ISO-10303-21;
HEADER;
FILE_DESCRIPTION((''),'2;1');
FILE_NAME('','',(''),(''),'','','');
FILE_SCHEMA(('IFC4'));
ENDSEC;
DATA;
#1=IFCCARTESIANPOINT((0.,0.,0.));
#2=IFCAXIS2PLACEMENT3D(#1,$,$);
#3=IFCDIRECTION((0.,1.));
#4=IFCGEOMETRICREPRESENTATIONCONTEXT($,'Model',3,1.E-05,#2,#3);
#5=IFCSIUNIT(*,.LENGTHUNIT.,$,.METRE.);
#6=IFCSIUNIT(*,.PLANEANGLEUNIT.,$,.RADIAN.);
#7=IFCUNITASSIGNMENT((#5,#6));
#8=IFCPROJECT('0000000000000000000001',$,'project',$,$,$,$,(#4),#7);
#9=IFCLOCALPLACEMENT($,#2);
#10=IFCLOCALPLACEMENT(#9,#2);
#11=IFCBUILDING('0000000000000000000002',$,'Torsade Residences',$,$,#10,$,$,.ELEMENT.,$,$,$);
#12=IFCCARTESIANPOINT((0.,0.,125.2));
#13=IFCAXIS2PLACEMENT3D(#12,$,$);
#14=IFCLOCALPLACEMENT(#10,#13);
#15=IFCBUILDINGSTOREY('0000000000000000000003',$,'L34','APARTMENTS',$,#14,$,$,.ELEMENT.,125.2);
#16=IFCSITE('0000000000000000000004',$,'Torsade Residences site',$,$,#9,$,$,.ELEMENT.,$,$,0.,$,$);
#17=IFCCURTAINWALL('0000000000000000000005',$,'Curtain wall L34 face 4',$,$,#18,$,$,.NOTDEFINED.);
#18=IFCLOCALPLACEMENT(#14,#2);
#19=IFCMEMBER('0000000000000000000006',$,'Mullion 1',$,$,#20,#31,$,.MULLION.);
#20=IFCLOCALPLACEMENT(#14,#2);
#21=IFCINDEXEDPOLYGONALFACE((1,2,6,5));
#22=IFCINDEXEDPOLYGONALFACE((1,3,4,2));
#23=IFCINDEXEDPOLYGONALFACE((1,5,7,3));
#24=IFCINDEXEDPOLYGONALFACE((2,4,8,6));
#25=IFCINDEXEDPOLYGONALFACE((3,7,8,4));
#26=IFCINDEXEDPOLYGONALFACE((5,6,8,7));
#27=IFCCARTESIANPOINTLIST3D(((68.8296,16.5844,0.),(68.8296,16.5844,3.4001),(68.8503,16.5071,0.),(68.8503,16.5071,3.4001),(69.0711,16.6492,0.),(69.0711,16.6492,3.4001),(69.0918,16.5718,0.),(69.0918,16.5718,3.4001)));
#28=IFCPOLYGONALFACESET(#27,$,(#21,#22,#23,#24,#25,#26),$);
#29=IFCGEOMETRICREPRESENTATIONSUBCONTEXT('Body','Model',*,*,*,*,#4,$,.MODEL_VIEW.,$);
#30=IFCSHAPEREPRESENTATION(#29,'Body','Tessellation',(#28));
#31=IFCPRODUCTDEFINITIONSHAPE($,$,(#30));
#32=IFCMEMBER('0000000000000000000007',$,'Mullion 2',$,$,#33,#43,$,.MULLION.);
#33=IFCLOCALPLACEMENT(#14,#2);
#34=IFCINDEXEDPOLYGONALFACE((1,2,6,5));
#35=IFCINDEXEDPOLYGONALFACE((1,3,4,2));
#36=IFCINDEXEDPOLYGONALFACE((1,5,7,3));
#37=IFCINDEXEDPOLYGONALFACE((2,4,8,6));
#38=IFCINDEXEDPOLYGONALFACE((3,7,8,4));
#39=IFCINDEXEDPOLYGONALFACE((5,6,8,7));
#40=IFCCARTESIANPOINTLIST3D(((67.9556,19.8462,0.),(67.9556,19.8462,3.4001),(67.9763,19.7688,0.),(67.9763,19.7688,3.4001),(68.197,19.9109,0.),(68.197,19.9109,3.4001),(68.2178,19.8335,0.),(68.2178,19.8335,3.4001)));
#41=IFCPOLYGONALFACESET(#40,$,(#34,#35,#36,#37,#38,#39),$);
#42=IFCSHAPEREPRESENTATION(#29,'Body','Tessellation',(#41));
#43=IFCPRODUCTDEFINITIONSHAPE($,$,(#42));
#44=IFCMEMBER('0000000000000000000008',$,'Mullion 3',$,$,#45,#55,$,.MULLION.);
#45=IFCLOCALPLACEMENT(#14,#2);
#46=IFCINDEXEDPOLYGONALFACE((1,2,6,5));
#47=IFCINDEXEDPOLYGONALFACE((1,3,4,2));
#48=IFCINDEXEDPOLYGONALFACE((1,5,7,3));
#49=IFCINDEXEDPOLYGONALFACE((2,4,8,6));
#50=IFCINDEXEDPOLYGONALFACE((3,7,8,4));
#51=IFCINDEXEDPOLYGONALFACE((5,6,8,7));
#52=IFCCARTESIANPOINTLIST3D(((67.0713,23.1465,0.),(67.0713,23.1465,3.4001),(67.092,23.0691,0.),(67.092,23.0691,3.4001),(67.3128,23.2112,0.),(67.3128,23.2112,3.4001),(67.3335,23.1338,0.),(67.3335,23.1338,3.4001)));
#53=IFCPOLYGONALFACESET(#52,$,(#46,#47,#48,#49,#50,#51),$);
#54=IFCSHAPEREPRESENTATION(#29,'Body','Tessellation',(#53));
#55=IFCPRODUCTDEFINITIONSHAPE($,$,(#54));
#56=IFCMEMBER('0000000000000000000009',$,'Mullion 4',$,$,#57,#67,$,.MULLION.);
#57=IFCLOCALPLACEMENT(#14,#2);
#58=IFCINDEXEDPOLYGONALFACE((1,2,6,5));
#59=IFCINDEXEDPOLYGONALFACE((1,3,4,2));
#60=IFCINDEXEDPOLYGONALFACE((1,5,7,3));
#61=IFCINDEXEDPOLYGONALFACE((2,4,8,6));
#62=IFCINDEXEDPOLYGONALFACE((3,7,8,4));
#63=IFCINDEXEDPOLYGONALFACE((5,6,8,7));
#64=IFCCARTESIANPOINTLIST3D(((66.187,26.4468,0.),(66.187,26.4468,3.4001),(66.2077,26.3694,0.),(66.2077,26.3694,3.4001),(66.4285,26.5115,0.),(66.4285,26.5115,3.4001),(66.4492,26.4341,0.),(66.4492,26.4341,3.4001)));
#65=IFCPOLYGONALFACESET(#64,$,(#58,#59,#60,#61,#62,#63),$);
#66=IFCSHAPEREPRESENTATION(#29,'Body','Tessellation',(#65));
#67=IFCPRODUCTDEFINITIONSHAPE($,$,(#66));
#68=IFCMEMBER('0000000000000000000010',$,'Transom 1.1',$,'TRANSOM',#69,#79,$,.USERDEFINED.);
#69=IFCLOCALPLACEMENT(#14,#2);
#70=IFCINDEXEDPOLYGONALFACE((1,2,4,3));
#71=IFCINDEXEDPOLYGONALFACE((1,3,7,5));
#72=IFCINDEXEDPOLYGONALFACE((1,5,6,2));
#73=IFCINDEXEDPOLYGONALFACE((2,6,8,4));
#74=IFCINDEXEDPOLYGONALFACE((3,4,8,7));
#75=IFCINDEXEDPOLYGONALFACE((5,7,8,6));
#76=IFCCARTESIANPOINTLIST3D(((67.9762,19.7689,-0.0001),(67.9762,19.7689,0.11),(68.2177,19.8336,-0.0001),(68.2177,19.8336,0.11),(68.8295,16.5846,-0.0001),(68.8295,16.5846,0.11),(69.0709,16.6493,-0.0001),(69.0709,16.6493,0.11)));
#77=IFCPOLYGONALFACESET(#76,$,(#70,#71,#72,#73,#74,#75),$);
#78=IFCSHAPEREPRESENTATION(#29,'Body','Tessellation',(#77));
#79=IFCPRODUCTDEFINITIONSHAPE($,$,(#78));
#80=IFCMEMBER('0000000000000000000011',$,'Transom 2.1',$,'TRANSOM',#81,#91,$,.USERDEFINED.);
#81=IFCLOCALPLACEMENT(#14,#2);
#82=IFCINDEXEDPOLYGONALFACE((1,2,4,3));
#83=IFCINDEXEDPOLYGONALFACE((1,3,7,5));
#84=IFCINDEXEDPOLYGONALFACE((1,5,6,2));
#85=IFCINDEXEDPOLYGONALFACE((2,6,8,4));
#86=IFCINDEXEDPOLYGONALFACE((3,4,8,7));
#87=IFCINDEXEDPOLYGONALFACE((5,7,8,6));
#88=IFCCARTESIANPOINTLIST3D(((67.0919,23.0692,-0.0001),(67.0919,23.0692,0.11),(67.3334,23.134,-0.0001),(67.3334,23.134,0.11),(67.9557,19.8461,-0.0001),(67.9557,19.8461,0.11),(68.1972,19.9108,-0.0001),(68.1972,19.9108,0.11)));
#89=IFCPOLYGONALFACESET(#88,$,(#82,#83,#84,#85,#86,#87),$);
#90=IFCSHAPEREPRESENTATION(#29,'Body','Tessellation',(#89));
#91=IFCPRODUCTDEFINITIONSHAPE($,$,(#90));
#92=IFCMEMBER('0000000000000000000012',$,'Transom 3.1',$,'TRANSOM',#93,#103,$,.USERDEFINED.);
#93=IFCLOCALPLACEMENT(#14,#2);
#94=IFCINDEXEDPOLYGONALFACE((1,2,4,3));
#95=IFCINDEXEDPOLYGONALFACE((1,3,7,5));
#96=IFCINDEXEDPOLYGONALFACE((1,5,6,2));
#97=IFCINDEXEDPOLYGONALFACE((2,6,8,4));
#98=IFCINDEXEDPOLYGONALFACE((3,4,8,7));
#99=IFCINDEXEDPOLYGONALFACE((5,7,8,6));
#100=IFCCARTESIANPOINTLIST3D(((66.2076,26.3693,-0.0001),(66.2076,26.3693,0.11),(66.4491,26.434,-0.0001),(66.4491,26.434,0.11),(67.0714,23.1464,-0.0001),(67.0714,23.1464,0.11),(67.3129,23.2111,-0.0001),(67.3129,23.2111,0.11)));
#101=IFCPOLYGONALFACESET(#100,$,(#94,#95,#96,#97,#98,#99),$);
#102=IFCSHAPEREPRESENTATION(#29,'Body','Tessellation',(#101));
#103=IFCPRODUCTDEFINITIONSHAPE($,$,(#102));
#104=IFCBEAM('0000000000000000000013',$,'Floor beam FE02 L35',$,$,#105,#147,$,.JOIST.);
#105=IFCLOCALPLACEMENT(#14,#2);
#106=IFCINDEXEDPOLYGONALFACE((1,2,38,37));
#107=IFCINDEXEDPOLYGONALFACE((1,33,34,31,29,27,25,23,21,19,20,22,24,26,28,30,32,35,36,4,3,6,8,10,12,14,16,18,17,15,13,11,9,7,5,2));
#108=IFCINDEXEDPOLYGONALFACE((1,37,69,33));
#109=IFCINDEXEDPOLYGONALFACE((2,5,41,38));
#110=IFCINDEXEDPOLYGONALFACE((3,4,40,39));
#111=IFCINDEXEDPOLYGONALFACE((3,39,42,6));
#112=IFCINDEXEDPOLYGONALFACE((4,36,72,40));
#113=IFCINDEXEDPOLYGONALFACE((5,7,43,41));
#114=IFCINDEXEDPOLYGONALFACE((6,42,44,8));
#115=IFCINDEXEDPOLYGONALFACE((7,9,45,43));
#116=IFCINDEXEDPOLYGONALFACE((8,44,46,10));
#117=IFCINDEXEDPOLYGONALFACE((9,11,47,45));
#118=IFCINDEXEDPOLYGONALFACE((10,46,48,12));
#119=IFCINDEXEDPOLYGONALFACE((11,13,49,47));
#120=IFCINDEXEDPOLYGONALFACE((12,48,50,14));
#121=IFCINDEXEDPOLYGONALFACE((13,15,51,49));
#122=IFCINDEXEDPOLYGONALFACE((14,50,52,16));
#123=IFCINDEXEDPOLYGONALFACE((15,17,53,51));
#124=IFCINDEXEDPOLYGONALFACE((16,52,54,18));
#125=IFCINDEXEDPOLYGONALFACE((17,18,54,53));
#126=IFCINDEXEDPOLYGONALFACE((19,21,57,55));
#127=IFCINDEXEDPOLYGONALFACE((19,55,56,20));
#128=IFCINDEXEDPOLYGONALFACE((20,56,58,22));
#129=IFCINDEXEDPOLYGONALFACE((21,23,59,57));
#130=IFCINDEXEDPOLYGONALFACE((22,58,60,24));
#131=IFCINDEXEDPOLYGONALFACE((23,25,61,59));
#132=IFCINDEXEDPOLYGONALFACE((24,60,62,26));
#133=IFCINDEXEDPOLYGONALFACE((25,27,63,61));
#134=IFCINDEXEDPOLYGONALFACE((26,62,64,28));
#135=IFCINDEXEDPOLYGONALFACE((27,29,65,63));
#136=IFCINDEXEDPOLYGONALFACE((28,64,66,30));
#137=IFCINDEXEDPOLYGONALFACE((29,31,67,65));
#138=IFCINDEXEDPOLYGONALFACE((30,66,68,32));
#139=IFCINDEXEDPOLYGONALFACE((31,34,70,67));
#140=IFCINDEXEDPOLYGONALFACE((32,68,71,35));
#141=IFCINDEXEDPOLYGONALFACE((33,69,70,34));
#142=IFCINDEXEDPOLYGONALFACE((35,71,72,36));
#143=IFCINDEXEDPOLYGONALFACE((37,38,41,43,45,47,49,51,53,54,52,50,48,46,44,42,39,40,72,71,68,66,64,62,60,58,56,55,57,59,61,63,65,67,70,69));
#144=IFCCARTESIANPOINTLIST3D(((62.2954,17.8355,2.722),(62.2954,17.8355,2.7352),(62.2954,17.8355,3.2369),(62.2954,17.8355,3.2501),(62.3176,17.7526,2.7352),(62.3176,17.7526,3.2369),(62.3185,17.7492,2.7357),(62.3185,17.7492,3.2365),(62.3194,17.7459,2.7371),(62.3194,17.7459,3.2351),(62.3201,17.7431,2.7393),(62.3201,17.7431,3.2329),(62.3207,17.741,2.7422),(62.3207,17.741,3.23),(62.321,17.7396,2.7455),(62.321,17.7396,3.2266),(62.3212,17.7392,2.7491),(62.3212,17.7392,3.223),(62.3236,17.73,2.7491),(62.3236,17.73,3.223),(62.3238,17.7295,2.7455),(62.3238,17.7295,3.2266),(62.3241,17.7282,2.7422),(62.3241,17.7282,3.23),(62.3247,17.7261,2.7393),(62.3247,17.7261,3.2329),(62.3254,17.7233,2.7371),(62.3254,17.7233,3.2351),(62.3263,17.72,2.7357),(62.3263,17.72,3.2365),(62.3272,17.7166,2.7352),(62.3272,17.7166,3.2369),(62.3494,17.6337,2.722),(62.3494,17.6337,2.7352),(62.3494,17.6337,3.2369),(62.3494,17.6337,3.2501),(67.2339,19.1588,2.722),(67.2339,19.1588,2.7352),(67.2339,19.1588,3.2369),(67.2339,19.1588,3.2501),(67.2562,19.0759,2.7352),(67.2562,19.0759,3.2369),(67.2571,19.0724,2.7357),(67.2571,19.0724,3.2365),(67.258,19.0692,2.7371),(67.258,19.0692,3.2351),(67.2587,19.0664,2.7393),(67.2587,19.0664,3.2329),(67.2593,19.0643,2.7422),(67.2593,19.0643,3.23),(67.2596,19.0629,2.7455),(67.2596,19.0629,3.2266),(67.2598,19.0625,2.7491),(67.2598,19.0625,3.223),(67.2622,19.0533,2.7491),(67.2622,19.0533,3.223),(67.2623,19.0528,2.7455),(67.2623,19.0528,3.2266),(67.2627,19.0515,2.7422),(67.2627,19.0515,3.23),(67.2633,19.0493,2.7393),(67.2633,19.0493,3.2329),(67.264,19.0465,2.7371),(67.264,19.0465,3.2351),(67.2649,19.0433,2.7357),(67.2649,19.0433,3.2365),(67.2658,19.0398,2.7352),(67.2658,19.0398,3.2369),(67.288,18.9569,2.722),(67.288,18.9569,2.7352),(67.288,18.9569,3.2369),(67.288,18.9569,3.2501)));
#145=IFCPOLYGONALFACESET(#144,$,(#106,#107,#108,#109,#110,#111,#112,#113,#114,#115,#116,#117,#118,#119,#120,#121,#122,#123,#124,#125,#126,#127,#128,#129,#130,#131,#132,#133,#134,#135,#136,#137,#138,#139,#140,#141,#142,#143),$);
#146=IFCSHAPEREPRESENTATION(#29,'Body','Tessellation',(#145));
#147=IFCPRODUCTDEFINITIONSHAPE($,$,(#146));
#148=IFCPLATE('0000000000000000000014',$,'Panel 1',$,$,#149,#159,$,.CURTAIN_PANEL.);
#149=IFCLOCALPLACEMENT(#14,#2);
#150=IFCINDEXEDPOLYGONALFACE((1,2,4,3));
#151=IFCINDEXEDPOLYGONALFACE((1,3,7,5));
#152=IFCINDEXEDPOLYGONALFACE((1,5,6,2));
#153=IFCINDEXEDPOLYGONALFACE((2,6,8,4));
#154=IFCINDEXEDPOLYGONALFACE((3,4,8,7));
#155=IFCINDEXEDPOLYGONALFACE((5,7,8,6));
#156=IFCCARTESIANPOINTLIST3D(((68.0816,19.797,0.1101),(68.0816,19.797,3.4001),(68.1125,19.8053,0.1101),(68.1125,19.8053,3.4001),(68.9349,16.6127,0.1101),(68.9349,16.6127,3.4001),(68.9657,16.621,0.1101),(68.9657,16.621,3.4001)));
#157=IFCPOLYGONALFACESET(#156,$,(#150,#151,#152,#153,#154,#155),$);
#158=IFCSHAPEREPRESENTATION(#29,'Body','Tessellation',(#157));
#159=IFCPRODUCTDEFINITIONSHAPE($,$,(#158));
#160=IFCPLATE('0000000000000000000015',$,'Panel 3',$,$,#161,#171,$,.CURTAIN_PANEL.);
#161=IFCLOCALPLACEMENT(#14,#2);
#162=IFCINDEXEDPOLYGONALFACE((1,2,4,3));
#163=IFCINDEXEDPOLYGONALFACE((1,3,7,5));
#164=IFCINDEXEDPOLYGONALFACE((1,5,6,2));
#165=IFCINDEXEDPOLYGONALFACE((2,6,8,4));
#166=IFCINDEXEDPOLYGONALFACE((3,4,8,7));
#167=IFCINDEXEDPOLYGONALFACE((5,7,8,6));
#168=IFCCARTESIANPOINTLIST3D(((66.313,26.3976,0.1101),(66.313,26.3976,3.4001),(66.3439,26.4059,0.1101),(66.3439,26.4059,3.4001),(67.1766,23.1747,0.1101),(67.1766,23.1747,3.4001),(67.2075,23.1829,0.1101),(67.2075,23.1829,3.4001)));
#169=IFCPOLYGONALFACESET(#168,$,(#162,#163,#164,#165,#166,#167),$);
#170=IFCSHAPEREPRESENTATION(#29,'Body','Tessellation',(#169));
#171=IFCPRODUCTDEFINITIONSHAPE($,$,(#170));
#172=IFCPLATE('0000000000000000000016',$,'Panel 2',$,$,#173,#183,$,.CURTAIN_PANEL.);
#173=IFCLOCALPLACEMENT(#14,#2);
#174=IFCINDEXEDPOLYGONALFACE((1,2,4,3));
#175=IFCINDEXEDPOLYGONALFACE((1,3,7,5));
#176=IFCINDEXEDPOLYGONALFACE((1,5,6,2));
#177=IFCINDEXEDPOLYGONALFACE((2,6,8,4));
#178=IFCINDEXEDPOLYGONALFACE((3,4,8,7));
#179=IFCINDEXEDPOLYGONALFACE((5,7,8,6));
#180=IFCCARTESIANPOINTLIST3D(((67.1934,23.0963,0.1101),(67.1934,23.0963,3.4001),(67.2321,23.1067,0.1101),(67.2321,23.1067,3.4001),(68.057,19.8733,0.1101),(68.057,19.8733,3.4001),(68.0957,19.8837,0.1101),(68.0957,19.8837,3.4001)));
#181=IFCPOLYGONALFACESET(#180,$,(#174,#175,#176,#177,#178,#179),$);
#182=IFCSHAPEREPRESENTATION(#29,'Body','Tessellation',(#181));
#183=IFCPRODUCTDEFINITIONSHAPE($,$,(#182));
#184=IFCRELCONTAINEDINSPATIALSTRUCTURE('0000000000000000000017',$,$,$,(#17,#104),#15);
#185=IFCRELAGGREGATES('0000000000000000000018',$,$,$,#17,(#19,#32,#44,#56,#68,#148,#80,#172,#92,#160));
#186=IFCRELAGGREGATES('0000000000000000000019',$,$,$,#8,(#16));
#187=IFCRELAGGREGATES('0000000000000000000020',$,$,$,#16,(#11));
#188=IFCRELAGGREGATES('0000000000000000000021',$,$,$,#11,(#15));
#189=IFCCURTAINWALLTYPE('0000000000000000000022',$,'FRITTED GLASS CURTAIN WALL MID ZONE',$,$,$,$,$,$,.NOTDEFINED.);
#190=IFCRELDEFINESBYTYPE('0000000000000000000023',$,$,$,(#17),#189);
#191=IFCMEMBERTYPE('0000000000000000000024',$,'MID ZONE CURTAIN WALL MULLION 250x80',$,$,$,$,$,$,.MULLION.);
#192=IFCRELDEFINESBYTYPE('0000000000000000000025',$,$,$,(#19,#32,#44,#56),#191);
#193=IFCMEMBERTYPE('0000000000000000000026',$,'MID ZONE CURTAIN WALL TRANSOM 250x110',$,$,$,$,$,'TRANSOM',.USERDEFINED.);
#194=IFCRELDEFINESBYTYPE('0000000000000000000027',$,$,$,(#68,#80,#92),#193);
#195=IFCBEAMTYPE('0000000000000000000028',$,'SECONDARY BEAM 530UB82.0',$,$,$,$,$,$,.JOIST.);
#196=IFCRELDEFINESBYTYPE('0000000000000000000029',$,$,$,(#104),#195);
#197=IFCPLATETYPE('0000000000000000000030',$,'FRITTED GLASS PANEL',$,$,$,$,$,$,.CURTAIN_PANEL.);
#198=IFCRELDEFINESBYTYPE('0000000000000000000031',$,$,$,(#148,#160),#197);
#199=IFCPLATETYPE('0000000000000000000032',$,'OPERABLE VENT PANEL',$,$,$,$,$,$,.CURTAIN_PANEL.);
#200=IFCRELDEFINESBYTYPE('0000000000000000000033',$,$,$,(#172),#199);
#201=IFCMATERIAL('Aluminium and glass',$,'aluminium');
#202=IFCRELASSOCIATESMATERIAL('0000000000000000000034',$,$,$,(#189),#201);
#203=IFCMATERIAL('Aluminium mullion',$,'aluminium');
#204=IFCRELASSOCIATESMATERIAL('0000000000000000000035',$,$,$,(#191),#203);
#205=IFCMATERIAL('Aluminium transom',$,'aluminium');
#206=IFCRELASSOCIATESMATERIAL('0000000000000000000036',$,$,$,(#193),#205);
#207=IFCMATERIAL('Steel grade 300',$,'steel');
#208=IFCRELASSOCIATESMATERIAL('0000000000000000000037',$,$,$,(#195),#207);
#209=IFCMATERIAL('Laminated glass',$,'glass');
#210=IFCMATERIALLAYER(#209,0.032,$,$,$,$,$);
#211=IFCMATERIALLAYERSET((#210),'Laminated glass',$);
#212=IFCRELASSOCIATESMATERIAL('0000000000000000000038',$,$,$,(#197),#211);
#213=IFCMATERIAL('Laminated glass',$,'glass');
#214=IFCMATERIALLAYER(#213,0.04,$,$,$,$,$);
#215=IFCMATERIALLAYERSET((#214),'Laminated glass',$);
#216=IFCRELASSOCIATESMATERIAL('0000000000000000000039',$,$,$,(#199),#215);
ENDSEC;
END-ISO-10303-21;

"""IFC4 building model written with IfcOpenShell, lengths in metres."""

from ifc_helpers import new_model, si_unit, direction, frame, origin, origin_2d, place, context, subcontext, project, spatial, rectangle, i_section, extrude, material, layer, layer_set, material_profile, profile_set, type_object, element, aggregate, save


model = new_model("IFC4")

# Units and contexts
model_context = context("Model", 3, precision=1e-05, world=origin(), true_north=direction((0.0, 1.0)))
body_context = subcontext(model_context, "Body", "Model", "MODEL_VIEW")
ifc_project = project(units=[si_unit("LENGTHUNIT", "METRE"), si_unit("PLANEANGLEUNIT", "RADIAN")], contexts=[model_context])

# Site, building, storey
site_placement = place(None, origin())
site = spatial("IfcSite", under=ifc_project, at=site_placement, Name="Torsade Residences site", CompositionType="ELEMENT", RefElevation=0.0)
building_placement = place(site_placement, origin())
building = spatial("IfcBuilding", under=site, at=building_placement, Name="Torsade Residences", CompositionType="ELEMENT")
storey_placement = place(building_placement, frame((0.0, 0.0, 125.2)))
storey = spatial("IfcBuildingStorey", under=building, at=storey_placement, Name="L34", Description="APARTMENTS", CompositionType="ELEMENT", Elevation=125.2)

# Curtain wall, members
ifc_material_1 = material(Name="Aluminium and glass", Category="aluminium")
curtain_wall_type = type_object("IfcCurtainWallType", Name="FRITTED GLASS CURTAIN WALL MID ZONE", PredefinedType="NOTDEFINED", material=ifc_material_1)
curtain_wall_placement = place(storey_placement, origin())
curtain_wall = element("IfcCurtainWall", 1, at=curtain_wall_placement, inside=storey, type_object=curtain_wall_type, Name="Curtain wall L34 face 4", PredefinedType="NOTDEFINED")
ifc_material_2 = material(Name="Aluminium mullion", Category="aluminium")
ifc_material_profile_1 = material_profile(ifc_material_2, rectangle(XDim=0.25, YDim=0.0801, at=origin_2d()), Name="MID ZONE CURTAIN WALL MULLION 250x80")
ifc_profile_set_1 = profile_set([ifc_material_profile_1], Name="Aluminium mullion")
member_type_1 = type_object("IfcMemberType", Name="MID ZONE CURTAIN WALL MULLION 250x80", PredefinedType="MULLION", material=ifc_profile_set_1)
member_1_placement = place(storey_placement, frame((68.9607, 16.5781, 0.0), z_axis=(0.0, 0.0, 1.0), x_axis=(-0.965926, -0.258819, 0.0)))
member_1 = element("IfcMember", 2, at=member_1_placement, type_object=member_type_1, Name="Mullion 1", PredefinedType="MULLION", context=body_context, shape_type="SweptSolid", body=[
    extrude(rectangle(XDim=0.25, YDim=0.0801, at=origin_2d()), origin(), (0.0, 0.0, 1.0), 3.4001),
])
member_2_placement = place(storey_placement, frame((68.0867, 19.8398, 0.0), z_axis=(0.0, 0.0, 1.0), x_axis=(-0.965926, -0.258819, 0.0)))
member_2 = element("IfcMember", 3, at=member_2_placement, type_object=member_type_1, Name="Mullion 2", PredefinedType="MULLION", context=body_context, shape_type="SweptSolid", body=[
    extrude(rectangle(XDim=0.25, YDim=0.0801, at=origin_2d()), origin(), (0.0, 0.0, 1.0), 3.4001),
])
member_3_placement = place(storey_placement, frame((67.2024, 23.1401, 0.0), z_axis=(0.0, 0.0, 1.0), x_axis=(-0.965926, -0.258819, 0.0)))
member_3 = element("IfcMember", 4, at=member_3_placement, type_object=member_type_1, Name="Mullion 3", PredefinedType="MULLION", context=body_context, shape_type="SweptSolid", body=[
    extrude(rectangle(XDim=0.25, YDim=0.0801, at=origin_2d()), origin(), (0.0, 0.0, 1.0), 3.4001),
])
member_4_placement = place(storey_placement, frame((66.3181, 26.4404, 0.0), z_axis=(0.0, 0.0, 1.0), x_axis=(-0.965926, -0.258819, 0.0)))
member_4 = element("IfcMember", 5, at=member_4_placement, type_object=member_type_1, Name="Mullion 4", PredefinedType="MULLION", context=body_context, shape_type="SweptSolid", body=[
    extrude(rectangle(XDim=0.25, YDim=0.0801, at=origin_2d()), origin(), (0.0, 0.0, 1.0), 3.4001),
])
ifc_material_3 = material(Name="Aluminium transom", Category="aluminium")
ifc_material_profile_2 = material_profile(ifc_material_3, rectangle(XDim=0.25, YDim=0.1101, at=origin_2d()), Name="MID ZONE CURTAIN WALL TRANSOM 250x110")
ifc_profile_set_2 = profile_set([ifc_material_profile_2], Name="Aluminium transom")
member_type_2 = type_object("IfcMemberType", Name="MID ZONE CURTAIN WALL TRANSOM 250x110", ElementType="TRANSOM", PredefinedType="USERDEFINED", material=ifc_profile_set_2)
member_5_placement = place(storey_placement, frame((68.9502, 16.6169, 0.0549), z_axis=(-0.258829, 0.965923, 0.0), x_axis=(-0.965923, -0.258829, 0.0)))
member_5 = element("IfcMember", 6, at=member_5_placement, type_object=member_type_2, Name="Transom 1.1", ObjectType="TRANSOM", PredefinedType="USERDEFINED", context=body_context, shape_type="SweptSolid", body=[
    extrude(rectangle(XDim=0.25, YDim=0.1101, at=origin_2d()), origin(), (0.0, 0.0, 1.0), 3.2966),
])
member_6_placement = place(storey_placement, frame((68.0764, 19.8784, 0.0549), z_axis=(-0.258856, 0.965916, 0.0), x_axis=(-0.965916, -0.258856, 0.0)))
member_6 = element("IfcMember", 7, at=member_6_placement, type_object=member_type_2, Name="Transom 2.1", ObjectType="TRANSOM", PredefinedType="USERDEFINED", context=body_context, shape_type="SweptSolid", body=[
    extrude(rectangle(XDim=0.25, YDim=0.1101, at=origin_2d()), origin(), (0.0, 0.0, 1.0), 3.3369),
])
member_7_placement = place(storey_placement, frame((67.1921, 23.1787, 0.0549), z_axis=(-0.258874, 0.965911, 0.0), x_axis=(-0.965911, -0.258874, 0.0)))
member_7 = element("IfcMember", 8, at=member_7_placement, type_object=member_type_2, Name="Transom 3.1", ObjectType="TRANSOM", PredefinedType="USERDEFINED", context=body_context, shape_type="SweptSolid", body=[
    extrude(rectangle(XDim=0.25, YDim=0.1101, at=origin_2d()), origin(), (0.0, 0.0, 1.0), 3.3367),
])

# Beam
ifc_material_4 = material(Name="Steel grade 300", Category="steel")
ifc_material_profile_3 = material_profile(ifc_material_4, i_section(OverallWidth=0.209, OverallDepth=0.5281, WebThickness=0.0095, FlangeThickness=0.0132, FilletRadius=0.0139, at=origin_2d()), Name="530UB82.0")
ifc_profile_set_3 = profile_set([ifc_material_profile_3], Name="Steel grade 300")
beam_type = type_object("IfcBeamType", Name="SECONDARY BEAM 530UB82.0", PredefinedType="JOIST", material=ifc_profile_set_3)
beam_placement = place(storey_placement, frame((67.261, 19.0579, 2.9861), z_axis=(-0.965927, -0.258816, 0.0), x_axis=(0.258816, -0.965927, 0.0)))
element("IfcBeam", 9, at=beam_placement, inside=storey, type_object=beam_type, Name="Floor beam FE02 L35", PredefinedType="JOIST", context=body_context, shape_type="SweptSolid", body=[
    extrude(i_section(OverallWidth=0.209, OverallDepth=0.5281, WebThickness=0.0095, FlangeThickness=0.0132, FilletRadius=0.0139, at=origin_2d()), origin(), (0.0, 0.0, 1.0), 5.1128),
])

# Plates
ifc_material_5 = material(Name="Laminated glass", Category="glass")
ifc_layer_1 = layer(ifc_material_5, 0.032)
ifc_layer_set_1 = layer_set([ifc_layer_1], Name="Laminated glass")
plate_type_1 = type_object("IfcPlateType", Name="FRITTED GLASS PANEL", PredefinedType="CURTAIN_PANEL", material=ifc_layer_set_1)
plate_1_placement = place(storey_placement, frame((68.5237, 18.209, 0.1101), z_axis=(0.0, 0.0, 1.0), x_axis=(-0.258819, 0.965926, 0.0)))
plate_1 = element("IfcPlate", 10, at=plate_1_placement, type_object=plate_type_1, Name="Panel 1", PredefinedType="CURTAIN_PANEL", context=body_context, shape_type="SweptSolid", body=[
    extrude(rectangle(XDim=3.2966, YDim=0.032, at=origin_2d()), origin(), (0.0, 0.0, 1.0), 3.29),
])
plate_2_placement = place(storey_placement, frame((66.7603, 24.7903, 0.1101), z_axis=(0.0, 0.0, 1.0), x_axis=(-0.258819, 0.965926, 0.0)))
plate_2 = element("IfcPlate", 11, at=plate_2_placement, type_object=plate_type_1, Name="Panel 3", PredefinedType="CURTAIN_PANEL", context=body_context, shape_type="SweptSolid", body=[
    extrude(rectangle(XDim=3.3367, YDim=0.032, at=origin_2d()), origin(), (0.0, 0.0, 1.0), 3.29),
])
ifc_material_6 = material(Name="Laminated glass", Category="glass")
ifc_layer_2 = layer(ifc_material_6, 0.04)
ifc_layer_set_2 = layer_set([ifc_layer_2], Name="Laminated glass")
plate_type_2 = type_object("IfcPlateType", Name="OPERABLE VENT PANEL", PredefinedType="CURTAIN_PANEL", material=ifc_layer_set_2)
plate_3_placement = place(storey_placement, frame((67.6445, 21.49, 0.1101), z_axis=(0.0, 0.0, 1.0), x_axis=(-0.258819, 0.965926, 0.0)))
plate_3 = element("IfcPlate", 12, at=plate_3_placement, type_object=plate_type_2, Name="Panel 2", PredefinedType="CURTAIN_PANEL", context=body_context, shape_type="SweptSolid", body=[
    extrude(rectangle(XDim=3.3367, YDim=0.04, at=origin_2d()), origin(), (0.0, 0.0, 1.0), 3.29),
])
aggregate(curtain_wall, [member_1, member_2, member_3, member_4, member_5, plate_1, member_6, plate_3, member_7, plate_2])

save(model, "model.ifc")
